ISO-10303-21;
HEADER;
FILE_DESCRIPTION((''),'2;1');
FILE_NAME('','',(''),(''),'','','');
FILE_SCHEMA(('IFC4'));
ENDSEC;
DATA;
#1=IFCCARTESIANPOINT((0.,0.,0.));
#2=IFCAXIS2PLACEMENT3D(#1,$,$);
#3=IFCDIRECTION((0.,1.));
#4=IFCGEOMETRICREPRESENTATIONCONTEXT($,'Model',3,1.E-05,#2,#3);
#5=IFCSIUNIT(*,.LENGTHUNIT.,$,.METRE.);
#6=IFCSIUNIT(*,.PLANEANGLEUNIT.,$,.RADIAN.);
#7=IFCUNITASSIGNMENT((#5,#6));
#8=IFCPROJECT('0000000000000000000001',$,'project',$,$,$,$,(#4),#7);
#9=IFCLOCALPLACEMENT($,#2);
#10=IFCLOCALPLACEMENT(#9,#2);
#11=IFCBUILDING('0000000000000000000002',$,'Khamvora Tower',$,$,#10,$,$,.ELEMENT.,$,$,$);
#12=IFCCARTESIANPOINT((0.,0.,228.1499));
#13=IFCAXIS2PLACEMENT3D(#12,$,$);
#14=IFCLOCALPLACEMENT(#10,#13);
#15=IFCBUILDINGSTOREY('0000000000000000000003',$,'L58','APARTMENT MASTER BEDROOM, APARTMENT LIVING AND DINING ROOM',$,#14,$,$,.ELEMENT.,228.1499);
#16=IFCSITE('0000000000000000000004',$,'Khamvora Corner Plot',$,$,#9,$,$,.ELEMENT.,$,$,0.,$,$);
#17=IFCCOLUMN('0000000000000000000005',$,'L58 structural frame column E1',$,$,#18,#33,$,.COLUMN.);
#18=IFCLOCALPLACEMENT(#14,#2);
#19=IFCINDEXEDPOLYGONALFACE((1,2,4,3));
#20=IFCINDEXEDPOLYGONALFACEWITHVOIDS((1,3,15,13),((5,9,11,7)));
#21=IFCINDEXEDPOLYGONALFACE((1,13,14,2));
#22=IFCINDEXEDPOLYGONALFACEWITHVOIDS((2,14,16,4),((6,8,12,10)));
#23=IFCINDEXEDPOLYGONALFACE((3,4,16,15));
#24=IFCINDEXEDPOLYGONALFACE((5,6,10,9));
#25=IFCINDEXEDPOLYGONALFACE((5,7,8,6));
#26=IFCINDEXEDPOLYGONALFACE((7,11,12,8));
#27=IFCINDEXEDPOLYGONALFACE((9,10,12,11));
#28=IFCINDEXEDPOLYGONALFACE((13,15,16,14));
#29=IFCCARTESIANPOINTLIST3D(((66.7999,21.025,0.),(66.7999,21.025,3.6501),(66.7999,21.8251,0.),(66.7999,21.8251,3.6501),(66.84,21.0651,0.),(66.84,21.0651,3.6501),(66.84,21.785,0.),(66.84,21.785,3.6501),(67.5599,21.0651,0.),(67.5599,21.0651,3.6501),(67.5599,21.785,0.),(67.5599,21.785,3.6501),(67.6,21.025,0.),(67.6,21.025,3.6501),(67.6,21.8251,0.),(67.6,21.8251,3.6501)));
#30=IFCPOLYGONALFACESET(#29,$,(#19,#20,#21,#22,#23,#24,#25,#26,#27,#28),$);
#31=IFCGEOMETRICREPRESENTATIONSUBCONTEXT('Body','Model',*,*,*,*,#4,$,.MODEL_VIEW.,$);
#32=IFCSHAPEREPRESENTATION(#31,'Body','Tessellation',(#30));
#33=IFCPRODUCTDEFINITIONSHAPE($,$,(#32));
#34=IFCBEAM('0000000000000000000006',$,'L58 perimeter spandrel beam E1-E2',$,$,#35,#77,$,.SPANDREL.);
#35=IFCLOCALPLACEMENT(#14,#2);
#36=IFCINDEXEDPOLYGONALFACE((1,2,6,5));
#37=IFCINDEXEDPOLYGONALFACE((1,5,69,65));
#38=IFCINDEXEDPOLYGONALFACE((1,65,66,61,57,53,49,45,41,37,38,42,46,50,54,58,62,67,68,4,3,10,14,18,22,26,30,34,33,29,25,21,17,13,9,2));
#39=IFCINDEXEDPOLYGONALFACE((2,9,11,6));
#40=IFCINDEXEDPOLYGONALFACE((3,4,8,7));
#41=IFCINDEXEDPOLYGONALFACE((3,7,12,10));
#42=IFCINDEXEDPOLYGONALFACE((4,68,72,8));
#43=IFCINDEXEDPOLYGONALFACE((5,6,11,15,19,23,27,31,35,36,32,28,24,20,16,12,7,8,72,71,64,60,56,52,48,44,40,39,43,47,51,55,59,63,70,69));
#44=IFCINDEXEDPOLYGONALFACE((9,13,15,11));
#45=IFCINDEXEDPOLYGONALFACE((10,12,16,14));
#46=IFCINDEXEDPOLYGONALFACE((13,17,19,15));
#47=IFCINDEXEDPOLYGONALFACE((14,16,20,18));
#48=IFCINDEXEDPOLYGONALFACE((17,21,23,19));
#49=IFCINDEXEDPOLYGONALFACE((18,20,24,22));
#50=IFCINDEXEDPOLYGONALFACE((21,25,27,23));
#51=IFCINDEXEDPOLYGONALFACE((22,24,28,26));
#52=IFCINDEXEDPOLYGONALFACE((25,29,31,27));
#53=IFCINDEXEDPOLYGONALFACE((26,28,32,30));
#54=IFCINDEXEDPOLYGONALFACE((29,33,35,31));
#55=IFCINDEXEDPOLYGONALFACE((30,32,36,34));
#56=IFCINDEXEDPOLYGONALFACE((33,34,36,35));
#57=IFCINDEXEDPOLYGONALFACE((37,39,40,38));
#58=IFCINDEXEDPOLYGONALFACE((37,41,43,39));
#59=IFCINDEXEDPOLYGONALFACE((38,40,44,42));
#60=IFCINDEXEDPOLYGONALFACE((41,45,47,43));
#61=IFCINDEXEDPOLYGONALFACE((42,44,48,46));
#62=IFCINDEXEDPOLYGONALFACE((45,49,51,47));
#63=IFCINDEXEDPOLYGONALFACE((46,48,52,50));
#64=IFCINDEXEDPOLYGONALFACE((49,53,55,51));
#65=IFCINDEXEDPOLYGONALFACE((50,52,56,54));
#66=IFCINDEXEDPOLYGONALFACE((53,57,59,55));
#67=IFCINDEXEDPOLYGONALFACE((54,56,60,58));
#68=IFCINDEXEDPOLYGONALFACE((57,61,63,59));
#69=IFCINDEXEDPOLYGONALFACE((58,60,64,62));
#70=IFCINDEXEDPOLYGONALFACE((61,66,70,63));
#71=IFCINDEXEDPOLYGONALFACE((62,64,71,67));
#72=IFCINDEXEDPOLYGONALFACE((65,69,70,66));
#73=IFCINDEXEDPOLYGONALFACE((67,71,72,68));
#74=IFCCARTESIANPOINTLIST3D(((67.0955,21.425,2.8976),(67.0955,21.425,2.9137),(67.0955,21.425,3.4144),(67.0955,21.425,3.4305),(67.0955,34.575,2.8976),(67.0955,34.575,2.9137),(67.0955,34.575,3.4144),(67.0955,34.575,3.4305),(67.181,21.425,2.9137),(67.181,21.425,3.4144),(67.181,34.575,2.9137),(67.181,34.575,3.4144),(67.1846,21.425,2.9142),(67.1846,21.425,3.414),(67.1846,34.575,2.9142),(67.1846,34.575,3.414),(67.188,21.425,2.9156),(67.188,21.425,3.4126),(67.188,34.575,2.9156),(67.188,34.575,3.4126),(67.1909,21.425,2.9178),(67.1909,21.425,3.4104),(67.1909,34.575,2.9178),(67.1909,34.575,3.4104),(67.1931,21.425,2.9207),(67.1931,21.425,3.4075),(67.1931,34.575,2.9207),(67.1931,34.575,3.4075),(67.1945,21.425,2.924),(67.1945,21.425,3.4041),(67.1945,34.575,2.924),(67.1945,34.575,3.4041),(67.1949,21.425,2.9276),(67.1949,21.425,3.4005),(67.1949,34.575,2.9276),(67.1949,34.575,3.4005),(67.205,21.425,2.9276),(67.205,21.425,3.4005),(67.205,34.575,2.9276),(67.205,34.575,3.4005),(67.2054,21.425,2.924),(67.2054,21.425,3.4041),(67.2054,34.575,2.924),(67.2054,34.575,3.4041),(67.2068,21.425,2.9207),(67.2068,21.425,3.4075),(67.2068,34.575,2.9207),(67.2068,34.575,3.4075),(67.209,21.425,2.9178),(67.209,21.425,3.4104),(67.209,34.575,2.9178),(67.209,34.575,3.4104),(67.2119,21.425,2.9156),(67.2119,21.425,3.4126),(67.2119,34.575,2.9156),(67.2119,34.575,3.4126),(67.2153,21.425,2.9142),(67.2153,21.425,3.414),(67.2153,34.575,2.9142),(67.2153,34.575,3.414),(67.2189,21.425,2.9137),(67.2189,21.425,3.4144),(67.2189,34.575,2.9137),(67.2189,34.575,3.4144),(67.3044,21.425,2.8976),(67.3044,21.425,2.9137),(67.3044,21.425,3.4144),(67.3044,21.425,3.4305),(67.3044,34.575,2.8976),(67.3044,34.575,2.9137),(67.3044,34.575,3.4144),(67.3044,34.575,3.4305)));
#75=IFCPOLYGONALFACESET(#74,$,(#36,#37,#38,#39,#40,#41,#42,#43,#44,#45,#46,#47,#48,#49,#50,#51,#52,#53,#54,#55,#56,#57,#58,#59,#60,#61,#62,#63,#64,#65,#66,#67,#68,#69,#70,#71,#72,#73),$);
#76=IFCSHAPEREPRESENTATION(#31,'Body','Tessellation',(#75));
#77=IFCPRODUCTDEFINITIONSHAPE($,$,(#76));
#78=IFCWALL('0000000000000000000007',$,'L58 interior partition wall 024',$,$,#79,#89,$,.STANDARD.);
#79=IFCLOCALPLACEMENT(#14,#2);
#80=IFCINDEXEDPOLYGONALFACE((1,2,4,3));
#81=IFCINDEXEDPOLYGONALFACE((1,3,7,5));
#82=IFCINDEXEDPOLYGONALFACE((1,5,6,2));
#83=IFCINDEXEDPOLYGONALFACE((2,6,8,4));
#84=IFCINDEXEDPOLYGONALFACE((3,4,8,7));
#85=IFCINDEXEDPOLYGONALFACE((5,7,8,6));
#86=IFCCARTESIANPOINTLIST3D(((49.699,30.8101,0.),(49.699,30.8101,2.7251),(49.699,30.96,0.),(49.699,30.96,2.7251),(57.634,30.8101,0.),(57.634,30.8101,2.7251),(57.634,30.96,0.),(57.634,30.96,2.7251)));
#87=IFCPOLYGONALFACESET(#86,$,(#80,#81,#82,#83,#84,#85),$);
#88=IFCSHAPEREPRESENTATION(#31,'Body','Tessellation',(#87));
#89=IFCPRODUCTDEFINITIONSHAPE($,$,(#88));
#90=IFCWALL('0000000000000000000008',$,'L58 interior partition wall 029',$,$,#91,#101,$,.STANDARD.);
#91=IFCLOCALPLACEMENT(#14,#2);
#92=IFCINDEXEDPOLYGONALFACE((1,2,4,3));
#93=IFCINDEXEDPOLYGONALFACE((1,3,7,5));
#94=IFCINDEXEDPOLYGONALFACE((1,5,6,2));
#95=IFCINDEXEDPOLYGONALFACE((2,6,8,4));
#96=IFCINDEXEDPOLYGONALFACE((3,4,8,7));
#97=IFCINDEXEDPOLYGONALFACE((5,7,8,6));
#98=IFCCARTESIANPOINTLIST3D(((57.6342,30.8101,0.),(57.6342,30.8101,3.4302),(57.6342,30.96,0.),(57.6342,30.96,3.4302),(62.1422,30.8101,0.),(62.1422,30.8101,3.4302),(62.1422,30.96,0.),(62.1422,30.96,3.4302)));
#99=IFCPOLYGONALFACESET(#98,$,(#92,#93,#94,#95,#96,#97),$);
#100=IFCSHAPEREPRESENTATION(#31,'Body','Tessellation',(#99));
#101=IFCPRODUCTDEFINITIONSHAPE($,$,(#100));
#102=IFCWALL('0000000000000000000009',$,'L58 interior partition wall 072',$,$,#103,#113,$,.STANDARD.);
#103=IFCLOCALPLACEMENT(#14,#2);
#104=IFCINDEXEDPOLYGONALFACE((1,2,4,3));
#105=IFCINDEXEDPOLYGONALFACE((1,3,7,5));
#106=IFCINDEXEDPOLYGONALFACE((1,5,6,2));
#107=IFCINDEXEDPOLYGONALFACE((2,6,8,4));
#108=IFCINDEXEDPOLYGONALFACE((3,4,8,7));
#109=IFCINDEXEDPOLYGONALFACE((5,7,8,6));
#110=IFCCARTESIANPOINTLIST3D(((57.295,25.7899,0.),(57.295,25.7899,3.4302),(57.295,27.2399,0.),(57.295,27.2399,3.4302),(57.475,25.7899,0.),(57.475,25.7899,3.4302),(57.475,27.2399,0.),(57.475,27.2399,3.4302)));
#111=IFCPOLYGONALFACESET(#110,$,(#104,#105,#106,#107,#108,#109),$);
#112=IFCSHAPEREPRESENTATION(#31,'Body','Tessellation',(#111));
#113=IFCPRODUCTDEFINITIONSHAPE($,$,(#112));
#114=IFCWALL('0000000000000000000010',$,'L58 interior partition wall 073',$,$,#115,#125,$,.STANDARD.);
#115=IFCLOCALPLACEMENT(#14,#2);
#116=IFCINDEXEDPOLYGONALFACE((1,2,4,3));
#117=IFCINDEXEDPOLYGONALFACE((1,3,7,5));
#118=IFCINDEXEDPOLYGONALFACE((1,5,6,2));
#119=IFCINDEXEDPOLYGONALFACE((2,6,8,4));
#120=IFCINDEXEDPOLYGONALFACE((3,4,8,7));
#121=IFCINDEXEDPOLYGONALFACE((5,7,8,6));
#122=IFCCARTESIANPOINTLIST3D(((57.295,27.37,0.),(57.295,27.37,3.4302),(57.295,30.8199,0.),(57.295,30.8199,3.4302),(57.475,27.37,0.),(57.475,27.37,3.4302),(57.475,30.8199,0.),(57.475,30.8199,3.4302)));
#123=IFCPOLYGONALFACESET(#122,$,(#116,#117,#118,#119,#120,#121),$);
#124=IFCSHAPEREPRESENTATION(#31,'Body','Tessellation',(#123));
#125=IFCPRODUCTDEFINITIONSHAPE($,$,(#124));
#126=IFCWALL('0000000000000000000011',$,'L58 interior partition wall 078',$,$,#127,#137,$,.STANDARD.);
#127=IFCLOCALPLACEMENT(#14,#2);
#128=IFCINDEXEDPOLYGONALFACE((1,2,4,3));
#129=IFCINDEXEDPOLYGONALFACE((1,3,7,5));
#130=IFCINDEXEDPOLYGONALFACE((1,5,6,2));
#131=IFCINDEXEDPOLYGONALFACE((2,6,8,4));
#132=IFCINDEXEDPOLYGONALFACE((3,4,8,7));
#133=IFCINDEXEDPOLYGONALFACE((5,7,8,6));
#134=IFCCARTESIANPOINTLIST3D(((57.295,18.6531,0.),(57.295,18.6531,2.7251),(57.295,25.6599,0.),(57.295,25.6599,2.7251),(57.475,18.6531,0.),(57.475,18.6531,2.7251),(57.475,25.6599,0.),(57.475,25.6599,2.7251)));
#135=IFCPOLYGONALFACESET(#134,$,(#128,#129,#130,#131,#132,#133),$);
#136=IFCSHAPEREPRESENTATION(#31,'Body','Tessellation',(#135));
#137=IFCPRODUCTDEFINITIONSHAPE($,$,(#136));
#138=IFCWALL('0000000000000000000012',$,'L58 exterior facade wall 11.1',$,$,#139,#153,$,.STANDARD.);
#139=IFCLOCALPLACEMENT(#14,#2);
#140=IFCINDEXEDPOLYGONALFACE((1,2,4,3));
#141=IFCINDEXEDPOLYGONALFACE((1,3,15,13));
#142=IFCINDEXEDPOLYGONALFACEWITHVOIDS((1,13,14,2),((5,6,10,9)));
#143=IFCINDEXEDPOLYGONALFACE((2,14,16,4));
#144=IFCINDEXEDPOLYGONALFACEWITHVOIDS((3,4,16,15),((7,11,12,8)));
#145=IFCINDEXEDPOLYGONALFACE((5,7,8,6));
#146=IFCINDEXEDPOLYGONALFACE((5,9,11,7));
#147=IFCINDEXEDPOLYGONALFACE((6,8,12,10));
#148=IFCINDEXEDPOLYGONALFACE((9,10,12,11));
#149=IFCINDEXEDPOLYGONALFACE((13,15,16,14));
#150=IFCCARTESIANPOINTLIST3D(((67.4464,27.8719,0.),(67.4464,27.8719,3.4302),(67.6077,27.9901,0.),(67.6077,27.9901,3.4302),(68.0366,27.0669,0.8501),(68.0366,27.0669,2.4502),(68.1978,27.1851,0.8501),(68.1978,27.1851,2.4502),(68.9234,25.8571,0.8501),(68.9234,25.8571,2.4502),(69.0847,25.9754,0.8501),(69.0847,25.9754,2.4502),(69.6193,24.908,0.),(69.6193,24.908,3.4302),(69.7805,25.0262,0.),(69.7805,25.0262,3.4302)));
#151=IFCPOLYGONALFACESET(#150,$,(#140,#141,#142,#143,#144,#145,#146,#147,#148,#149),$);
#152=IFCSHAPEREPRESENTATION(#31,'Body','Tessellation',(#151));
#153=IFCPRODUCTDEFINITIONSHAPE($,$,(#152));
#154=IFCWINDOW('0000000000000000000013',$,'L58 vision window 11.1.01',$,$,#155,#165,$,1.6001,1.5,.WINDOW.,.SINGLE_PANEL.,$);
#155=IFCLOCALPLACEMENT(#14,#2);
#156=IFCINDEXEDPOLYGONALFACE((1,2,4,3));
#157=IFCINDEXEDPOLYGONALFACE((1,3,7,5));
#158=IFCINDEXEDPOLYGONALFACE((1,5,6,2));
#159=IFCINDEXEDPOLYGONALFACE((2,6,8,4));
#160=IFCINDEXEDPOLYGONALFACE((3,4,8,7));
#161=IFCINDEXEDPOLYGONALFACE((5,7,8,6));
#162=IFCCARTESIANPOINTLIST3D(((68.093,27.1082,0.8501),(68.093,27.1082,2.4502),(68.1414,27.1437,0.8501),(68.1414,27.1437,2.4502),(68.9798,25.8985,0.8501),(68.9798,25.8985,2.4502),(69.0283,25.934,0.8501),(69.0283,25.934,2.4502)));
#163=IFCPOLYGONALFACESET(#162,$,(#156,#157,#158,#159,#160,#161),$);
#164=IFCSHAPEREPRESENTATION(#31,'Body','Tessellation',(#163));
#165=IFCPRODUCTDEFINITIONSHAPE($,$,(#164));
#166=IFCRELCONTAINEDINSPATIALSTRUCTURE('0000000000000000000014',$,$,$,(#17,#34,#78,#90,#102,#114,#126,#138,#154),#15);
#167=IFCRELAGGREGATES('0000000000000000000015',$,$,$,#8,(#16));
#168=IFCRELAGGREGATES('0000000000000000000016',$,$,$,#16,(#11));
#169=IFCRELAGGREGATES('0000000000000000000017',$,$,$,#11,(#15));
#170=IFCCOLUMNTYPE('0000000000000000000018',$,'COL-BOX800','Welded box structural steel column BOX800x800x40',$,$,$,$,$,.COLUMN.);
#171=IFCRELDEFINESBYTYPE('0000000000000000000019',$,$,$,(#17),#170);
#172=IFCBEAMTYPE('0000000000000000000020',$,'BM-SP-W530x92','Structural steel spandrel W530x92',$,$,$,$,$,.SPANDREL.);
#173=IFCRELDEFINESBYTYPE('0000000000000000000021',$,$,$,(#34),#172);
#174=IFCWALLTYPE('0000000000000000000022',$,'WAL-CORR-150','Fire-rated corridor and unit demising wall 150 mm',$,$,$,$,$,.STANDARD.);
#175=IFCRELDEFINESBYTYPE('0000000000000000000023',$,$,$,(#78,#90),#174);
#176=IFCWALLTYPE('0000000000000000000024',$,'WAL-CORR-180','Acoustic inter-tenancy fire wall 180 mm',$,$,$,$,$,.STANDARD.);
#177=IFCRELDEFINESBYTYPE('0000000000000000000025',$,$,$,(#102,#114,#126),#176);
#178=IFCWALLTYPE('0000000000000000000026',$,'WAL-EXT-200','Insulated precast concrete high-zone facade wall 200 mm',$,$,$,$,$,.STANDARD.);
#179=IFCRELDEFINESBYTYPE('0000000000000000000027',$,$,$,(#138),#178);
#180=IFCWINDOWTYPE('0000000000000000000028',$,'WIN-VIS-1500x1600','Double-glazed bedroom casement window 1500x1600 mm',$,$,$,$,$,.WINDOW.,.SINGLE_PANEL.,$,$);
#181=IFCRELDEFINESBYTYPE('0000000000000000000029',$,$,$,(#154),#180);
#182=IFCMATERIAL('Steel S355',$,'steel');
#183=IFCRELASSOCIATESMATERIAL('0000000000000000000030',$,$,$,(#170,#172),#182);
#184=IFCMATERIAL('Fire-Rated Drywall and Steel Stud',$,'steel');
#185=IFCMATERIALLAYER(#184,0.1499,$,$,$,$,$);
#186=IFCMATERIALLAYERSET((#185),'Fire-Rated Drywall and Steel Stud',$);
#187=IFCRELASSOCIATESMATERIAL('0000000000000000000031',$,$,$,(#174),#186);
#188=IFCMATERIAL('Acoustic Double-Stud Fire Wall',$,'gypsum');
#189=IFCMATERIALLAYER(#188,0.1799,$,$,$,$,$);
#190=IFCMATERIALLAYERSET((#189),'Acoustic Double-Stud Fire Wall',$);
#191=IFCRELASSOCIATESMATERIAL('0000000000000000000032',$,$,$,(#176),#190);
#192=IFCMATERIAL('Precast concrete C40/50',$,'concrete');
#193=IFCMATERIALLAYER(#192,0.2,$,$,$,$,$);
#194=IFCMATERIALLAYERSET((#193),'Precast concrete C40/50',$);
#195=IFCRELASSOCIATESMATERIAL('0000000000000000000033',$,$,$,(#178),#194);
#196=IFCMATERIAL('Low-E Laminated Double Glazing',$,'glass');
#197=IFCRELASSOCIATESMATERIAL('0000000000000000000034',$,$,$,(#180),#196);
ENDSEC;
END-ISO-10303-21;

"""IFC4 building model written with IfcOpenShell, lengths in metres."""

from ifc_helpers import new_model, si_unit, direction, frame, frame_2d, origin, origin_2d, place, context, subcontext, project, spatial, rectangle, hollow_rectangle, i_section, extrude, material, layer, layer_set, material_profile, profile_set, type_object, element, fill, save


model = new_model("IFC4")

# Units and contexts
model_context = context("Model", 3, precision=1e-05, world=origin(), true_north=direction((0.0, 1.0)))
body_context = subcontext(model_context, "Body", "Model", "MODEL_VIEW")
ifc_project = project(units=[si_unit("LENGTHUNIT", "METRE"), si_unit("PLANEANGLEUNIT", "RADIAN")], contexts=[model_context])

# Site, building, storey
site_placement = place(None, origin())
site = spatial("IfcSite", under=ifc_project, at=site_placement, Name="Khamvora Corner Plot", CompositionType="ELEMENT", RefElevation=0.0)
building_placement = place(site_placement, origin())
building = spatial("IfcBuilding", under=site, at=building_placement, Name="Khamvora Tower", CompositionType="ELEMENT")
storey_placement = place(building_placement, frame((0.0, 0.0, 228.1499)))
storey = spatial("IfcBuildingStorey", under=building, at=storey_placement, Name="L58", Description="APARTMENT MASTER BEDROOM, APARTMENT LIVING AND DINING ROOM", CompositionType="ELEMENT", Elevation=228.1499)

# Column
ifc_material_1 = material(Name="Steel S355", Category="steel")
ifc_material_profile_1 = material_profile(ifc_material_1, hollow_rectangle(XDim=0.8, YDim=0.8, WallThickness=0.04, at=origin_2d()), Name="BOX800x800x40")
ifc_profile_set_1 = profile_set([ifc_material_profile_1], Name="Steel S355")
column_type = type_object("IfcColumnType", Name="COL-BOX800", Description="Welded box structural steel column BOX800x800x40", PredefinedType="COLUMN", material=ifc_profile_set_1)
column_placement = place(storey_placement, frame((67.2, 21.425, 0.0), z_axis=(0.0, 0.0, 1.0), x_axis=(1.0, 0.0, 0.0)))
element("IfcColumn", 1, at=column_placement, inside=storey, type_object=column_type, Name="L58 structural frame column E1", PredefinedType="COLUMN", context=body_context, shape_type="SweptSolid", body=[
    extrude(hollow_rectangle(XDim=0.8, YDim=0.8, WallThickness=0.04, at=origin_2d()), origin(), (0.0, 0.0, 1.0), 3.6501),
])

# Beam
ifc_material_profile_2 = material_profile(ifc_material_1, i_section(OverallWidth=0.209, OverallDepth=0.533, WebThickness=0.01, FlangeThickness=0.0161, FilletRadius=0.0139, at=origin_2d()), Name="W530x92")
ifc_profile_set_2 = profile_set([ifc_material_profile_2], Name="Steel S355")
beam_type = type_object("IfcBeamType", Name="BM-SP-W530x92", Description="Structural steel spandrel W530x92", PredefinedType="SPANDREL", material=ifc_profile_set_2)
beam_placement = place(storey_placement, frame((67.2, 21.425, 3.1641), z_axis=(0.0, 1.0, 0.0), x_axis=(-1.0, 0.0, 0.0)))
element("IfcBeam", 2, at=beam_placement, inside=storey, type_object=beam_type, Name="L58 perimeter spandrel beam E1-E2", PredefinedType="SPANDREL", context=body_context, shape_type="SweptSolid", body=[
    extrude(i_section(OverallWidth=0.209, OverallDepth=0.533, WebThickness=0.01, FlangeThickness=0.0161, FilletRadius=0.0139, at=origin_2d()), origin(), (0.0, 0.0, 1.0), 13.1499),
])

# Walls
ifc_material_2 = material(Name="Fire-Rated Drywall and Steel Stud", Category="steel")
ifc_layer_1 = layer(ifc_material_2, 0.1499)
ifc_layer_set_1 = layer_set([ifc_layer_1], Name="Fire-Rated Drywall and Steel Stud")
wall_type_1 = type_object("IfcWallType", Name="WAL-CORR-150", Description="Fire-rated corridor and unit demising wall 150 mm", PredefinedType="STANDARD", material=ifc_layer_set_1)
wall_1_placement = place(storey_placement, frame((57.634, 30.885, 0.0), z_axis=(0.0, 0.0, 1.0), x_axis=(-1.0, 0.0, 0.0)))
element("IfcWall", 3, at=wall_1_placement, inside=storey, type_object=wall_type_1, Name="L58 interior partition wall 024", PredefinedType="STANDARD", context=body_context, shape_type="SweptSolid", body=[
    extrude(rectangle(XDim=7.9351, YDim=0.1499, at=frame_2d((3.9675, 0.0))), origin(), (0.0, 0.0, 1.0), 2.7251),
])
wall_2_placement = place(storey_placement, frame((62.1421, 30.885, 0.0), z_axis=(0.0, 0.0, 1.0), x_axis=(-1.0, 0.0, 0.0)))
element("IfcWall", 4, at=wall_2_placement, inside=storey, type_object=wall_type_1, Name="L58 interior partition wall 029", PredefinedType="STANDARD", context=body_context, shape_type="SweptSolid", body=[
    extrude(rectangle(XDim=4.5081, YDim=0.1499, at=frame_2d((2.2539, 0.0))), origin(), (0.0, 0.0, 1.0), 3.4302),
])
ifc_material_3 = material(Name="Acoustic Double-Stud Fire Wall", Category="gypsum")
ifc_layer_2 = layer(ifc_material_3, 0.1799)
ifc_layer_set_2 = layer_set([ifc_layer_2], Name="Acoustic Double-Stud Fire Wall")
wall_type_2 = type_object("IfcWallType", Name="WAL-CORR-180", Description="Acoustic inter-tenancy fire wall 180 mm", PredefinedType="STANDARD", material=ifc_layer_set_2)
wall_3_placement = place(storey_placement, frame((57.385, 27.24, 0.0), z_axis=(0.0, 0.0, 1.0), x_axis=(0.0, -1.0, 0.0)))
element("IfcWall", 5, at=wall_3_placement, inside=storey, type_object=wall_type_2, Name="L58 interior partition wall 072", PredefinedType="STANDARD", context=body_context, shape_type="SweptSolid", body=[
    extrude(rectangle(XDim=1.45, YDim=0.1799, at=frame_2d((0.7251, 0.0))), origin(), (0.0, 0.0, 1.0), 3.4302),
])
wall_4_placement = place(storey_placement, frame((57.385, 30.8201, 0.0), z_axis=(0.0, 0.0, 1.0), x_axis=(0.0, -1.0, 0.0)))
element("IfcWall", 6, at=wall_4_placement, inside=storey, type_object=wall_type_2, Name="L58 interior partition wall 073", PredefinedType="STANDARD", context=body_context, shape_type="SweptSolid", body=[
    extrude(rectangle(XDim=3.45, YDim=0.1799, at=frame_2d((1.7251, 0.0))), origin(), (0.0, 0.0, 1.0), 3.4302),
])
wall_5_placement = place(storey_placement, frame((57.385, 25.6599, 0.0), z_axis=(0.0, 0.0, 1.0), x_axis=(0.0, -1.0, 0.0)))
element("IfcWall", 7, at=wall_5_placement, inside=storey, type_object=wall_type_2, Name="L58 interior partition wall 078", PredefinedType="STANDARD", context=body_context, shape_type="SweptSolid", body=[
    extrude(rectangle(XDim=7.0068, YDim=0.1799, at=frame_2d((3.5034, 0.0))), origin(), (0.0, 0.0, 1.0), 2.7251),
])

# Wall, opening, window
ifc_material_4 = material(Name="Precast concrete C40/50", Category="concrete")
ifc_layer_3 = layer(ifc_material_4, 0.2)
ifc_layer_set_3 = layer_set([ifc_layer_3], Name="Precast concrete C40/50")
wall_type_3 = type_object("IfcWallType", Name="WAL-EXT-200", Description="Insulated precast concrete high-zone facade wall 200 mm", PredefinedType="STANDARD", material=ifc_layer_set_3)
wall_6_placement = place(storey_placement, frame((67.5271, 27.9309, 0.0), z_axis=(0.0, 0.0, 1.0), x_axis=(0.591248, -0.806489, 0.0)))
wall_6 = element("IfcWall", 8, at=wall_6_placement, inside=storey, type_object=wall_type_3, Name="L58 exterior facade wall 11.1", PredefinedType="STANDARD", context=body_context, shape_type="SweptSolid", body=[
    extrude(rectangle(XDim=3.675, YDim=0.2, at=frame_2d((1.8374, 0.0))), origin(), (0.0, 0.0, 1.0), 3.4302),
])
opening_1_placement = place(wall_6_placement, frame((0.998, 0.0, 0.8501)))
opening_1 = element("IfcOpeningElement", 9, at=opening_1_placement, cuts=wall_6, PredefinedType="OPENING", context=body_context, shape_type="SweptSolid", body=[
    extrude(rectangle(XDim=1.5, YDim=1.6001, at=frame_2d((0.75, 0.8))), frame((0.0, 0.1099, 0.0), z_axis=(0.0, -1.0, 0.0), x_axis=(1.0, 0.0, 0.0)), (0.0, 0.0, 1.0), 0.22),
])
ifc_material_5 = material(Name="Low-E Laminated Double Glazing", Category="glass")
window_type_1 = type_object("IfcWindowType", Name="WIN-VIS-1500x1600", Description="Double-glazed bedroom casement window 1500x1600 mm", PartitioningType="SINGLE_PANEL", PredefinedType="WINDOW", material=ifc_material_5)
window_1_placement = place(opening_1_placement, origin())
window_1 = element("IfcWindow", 10, at=window_1_placement, inside=storey, type_object=window_type_1, Name="L58 vision window 11.1.01", OverallHeight=1.6001, OverallWidth=1.5, PartitioningType="SINGLE_PANEL", PredefinedType="WINDOW", context=body_context, shape_type="SweptSolid", body=[
    extrude(rectangle(XDim=1.5, YDim=1.6001, at=frame_2d((0.75, 0.8))), frame((0.0, 0.03, 0.0), z_axis=(0.0, -1.0, 0.0), x_axis=(1.0, 0.0, 0.0)), (0.0, 0.0, 1.0), 0.0601),
])
fill(opening_1, window_1)

save(model, "model.ifc")
